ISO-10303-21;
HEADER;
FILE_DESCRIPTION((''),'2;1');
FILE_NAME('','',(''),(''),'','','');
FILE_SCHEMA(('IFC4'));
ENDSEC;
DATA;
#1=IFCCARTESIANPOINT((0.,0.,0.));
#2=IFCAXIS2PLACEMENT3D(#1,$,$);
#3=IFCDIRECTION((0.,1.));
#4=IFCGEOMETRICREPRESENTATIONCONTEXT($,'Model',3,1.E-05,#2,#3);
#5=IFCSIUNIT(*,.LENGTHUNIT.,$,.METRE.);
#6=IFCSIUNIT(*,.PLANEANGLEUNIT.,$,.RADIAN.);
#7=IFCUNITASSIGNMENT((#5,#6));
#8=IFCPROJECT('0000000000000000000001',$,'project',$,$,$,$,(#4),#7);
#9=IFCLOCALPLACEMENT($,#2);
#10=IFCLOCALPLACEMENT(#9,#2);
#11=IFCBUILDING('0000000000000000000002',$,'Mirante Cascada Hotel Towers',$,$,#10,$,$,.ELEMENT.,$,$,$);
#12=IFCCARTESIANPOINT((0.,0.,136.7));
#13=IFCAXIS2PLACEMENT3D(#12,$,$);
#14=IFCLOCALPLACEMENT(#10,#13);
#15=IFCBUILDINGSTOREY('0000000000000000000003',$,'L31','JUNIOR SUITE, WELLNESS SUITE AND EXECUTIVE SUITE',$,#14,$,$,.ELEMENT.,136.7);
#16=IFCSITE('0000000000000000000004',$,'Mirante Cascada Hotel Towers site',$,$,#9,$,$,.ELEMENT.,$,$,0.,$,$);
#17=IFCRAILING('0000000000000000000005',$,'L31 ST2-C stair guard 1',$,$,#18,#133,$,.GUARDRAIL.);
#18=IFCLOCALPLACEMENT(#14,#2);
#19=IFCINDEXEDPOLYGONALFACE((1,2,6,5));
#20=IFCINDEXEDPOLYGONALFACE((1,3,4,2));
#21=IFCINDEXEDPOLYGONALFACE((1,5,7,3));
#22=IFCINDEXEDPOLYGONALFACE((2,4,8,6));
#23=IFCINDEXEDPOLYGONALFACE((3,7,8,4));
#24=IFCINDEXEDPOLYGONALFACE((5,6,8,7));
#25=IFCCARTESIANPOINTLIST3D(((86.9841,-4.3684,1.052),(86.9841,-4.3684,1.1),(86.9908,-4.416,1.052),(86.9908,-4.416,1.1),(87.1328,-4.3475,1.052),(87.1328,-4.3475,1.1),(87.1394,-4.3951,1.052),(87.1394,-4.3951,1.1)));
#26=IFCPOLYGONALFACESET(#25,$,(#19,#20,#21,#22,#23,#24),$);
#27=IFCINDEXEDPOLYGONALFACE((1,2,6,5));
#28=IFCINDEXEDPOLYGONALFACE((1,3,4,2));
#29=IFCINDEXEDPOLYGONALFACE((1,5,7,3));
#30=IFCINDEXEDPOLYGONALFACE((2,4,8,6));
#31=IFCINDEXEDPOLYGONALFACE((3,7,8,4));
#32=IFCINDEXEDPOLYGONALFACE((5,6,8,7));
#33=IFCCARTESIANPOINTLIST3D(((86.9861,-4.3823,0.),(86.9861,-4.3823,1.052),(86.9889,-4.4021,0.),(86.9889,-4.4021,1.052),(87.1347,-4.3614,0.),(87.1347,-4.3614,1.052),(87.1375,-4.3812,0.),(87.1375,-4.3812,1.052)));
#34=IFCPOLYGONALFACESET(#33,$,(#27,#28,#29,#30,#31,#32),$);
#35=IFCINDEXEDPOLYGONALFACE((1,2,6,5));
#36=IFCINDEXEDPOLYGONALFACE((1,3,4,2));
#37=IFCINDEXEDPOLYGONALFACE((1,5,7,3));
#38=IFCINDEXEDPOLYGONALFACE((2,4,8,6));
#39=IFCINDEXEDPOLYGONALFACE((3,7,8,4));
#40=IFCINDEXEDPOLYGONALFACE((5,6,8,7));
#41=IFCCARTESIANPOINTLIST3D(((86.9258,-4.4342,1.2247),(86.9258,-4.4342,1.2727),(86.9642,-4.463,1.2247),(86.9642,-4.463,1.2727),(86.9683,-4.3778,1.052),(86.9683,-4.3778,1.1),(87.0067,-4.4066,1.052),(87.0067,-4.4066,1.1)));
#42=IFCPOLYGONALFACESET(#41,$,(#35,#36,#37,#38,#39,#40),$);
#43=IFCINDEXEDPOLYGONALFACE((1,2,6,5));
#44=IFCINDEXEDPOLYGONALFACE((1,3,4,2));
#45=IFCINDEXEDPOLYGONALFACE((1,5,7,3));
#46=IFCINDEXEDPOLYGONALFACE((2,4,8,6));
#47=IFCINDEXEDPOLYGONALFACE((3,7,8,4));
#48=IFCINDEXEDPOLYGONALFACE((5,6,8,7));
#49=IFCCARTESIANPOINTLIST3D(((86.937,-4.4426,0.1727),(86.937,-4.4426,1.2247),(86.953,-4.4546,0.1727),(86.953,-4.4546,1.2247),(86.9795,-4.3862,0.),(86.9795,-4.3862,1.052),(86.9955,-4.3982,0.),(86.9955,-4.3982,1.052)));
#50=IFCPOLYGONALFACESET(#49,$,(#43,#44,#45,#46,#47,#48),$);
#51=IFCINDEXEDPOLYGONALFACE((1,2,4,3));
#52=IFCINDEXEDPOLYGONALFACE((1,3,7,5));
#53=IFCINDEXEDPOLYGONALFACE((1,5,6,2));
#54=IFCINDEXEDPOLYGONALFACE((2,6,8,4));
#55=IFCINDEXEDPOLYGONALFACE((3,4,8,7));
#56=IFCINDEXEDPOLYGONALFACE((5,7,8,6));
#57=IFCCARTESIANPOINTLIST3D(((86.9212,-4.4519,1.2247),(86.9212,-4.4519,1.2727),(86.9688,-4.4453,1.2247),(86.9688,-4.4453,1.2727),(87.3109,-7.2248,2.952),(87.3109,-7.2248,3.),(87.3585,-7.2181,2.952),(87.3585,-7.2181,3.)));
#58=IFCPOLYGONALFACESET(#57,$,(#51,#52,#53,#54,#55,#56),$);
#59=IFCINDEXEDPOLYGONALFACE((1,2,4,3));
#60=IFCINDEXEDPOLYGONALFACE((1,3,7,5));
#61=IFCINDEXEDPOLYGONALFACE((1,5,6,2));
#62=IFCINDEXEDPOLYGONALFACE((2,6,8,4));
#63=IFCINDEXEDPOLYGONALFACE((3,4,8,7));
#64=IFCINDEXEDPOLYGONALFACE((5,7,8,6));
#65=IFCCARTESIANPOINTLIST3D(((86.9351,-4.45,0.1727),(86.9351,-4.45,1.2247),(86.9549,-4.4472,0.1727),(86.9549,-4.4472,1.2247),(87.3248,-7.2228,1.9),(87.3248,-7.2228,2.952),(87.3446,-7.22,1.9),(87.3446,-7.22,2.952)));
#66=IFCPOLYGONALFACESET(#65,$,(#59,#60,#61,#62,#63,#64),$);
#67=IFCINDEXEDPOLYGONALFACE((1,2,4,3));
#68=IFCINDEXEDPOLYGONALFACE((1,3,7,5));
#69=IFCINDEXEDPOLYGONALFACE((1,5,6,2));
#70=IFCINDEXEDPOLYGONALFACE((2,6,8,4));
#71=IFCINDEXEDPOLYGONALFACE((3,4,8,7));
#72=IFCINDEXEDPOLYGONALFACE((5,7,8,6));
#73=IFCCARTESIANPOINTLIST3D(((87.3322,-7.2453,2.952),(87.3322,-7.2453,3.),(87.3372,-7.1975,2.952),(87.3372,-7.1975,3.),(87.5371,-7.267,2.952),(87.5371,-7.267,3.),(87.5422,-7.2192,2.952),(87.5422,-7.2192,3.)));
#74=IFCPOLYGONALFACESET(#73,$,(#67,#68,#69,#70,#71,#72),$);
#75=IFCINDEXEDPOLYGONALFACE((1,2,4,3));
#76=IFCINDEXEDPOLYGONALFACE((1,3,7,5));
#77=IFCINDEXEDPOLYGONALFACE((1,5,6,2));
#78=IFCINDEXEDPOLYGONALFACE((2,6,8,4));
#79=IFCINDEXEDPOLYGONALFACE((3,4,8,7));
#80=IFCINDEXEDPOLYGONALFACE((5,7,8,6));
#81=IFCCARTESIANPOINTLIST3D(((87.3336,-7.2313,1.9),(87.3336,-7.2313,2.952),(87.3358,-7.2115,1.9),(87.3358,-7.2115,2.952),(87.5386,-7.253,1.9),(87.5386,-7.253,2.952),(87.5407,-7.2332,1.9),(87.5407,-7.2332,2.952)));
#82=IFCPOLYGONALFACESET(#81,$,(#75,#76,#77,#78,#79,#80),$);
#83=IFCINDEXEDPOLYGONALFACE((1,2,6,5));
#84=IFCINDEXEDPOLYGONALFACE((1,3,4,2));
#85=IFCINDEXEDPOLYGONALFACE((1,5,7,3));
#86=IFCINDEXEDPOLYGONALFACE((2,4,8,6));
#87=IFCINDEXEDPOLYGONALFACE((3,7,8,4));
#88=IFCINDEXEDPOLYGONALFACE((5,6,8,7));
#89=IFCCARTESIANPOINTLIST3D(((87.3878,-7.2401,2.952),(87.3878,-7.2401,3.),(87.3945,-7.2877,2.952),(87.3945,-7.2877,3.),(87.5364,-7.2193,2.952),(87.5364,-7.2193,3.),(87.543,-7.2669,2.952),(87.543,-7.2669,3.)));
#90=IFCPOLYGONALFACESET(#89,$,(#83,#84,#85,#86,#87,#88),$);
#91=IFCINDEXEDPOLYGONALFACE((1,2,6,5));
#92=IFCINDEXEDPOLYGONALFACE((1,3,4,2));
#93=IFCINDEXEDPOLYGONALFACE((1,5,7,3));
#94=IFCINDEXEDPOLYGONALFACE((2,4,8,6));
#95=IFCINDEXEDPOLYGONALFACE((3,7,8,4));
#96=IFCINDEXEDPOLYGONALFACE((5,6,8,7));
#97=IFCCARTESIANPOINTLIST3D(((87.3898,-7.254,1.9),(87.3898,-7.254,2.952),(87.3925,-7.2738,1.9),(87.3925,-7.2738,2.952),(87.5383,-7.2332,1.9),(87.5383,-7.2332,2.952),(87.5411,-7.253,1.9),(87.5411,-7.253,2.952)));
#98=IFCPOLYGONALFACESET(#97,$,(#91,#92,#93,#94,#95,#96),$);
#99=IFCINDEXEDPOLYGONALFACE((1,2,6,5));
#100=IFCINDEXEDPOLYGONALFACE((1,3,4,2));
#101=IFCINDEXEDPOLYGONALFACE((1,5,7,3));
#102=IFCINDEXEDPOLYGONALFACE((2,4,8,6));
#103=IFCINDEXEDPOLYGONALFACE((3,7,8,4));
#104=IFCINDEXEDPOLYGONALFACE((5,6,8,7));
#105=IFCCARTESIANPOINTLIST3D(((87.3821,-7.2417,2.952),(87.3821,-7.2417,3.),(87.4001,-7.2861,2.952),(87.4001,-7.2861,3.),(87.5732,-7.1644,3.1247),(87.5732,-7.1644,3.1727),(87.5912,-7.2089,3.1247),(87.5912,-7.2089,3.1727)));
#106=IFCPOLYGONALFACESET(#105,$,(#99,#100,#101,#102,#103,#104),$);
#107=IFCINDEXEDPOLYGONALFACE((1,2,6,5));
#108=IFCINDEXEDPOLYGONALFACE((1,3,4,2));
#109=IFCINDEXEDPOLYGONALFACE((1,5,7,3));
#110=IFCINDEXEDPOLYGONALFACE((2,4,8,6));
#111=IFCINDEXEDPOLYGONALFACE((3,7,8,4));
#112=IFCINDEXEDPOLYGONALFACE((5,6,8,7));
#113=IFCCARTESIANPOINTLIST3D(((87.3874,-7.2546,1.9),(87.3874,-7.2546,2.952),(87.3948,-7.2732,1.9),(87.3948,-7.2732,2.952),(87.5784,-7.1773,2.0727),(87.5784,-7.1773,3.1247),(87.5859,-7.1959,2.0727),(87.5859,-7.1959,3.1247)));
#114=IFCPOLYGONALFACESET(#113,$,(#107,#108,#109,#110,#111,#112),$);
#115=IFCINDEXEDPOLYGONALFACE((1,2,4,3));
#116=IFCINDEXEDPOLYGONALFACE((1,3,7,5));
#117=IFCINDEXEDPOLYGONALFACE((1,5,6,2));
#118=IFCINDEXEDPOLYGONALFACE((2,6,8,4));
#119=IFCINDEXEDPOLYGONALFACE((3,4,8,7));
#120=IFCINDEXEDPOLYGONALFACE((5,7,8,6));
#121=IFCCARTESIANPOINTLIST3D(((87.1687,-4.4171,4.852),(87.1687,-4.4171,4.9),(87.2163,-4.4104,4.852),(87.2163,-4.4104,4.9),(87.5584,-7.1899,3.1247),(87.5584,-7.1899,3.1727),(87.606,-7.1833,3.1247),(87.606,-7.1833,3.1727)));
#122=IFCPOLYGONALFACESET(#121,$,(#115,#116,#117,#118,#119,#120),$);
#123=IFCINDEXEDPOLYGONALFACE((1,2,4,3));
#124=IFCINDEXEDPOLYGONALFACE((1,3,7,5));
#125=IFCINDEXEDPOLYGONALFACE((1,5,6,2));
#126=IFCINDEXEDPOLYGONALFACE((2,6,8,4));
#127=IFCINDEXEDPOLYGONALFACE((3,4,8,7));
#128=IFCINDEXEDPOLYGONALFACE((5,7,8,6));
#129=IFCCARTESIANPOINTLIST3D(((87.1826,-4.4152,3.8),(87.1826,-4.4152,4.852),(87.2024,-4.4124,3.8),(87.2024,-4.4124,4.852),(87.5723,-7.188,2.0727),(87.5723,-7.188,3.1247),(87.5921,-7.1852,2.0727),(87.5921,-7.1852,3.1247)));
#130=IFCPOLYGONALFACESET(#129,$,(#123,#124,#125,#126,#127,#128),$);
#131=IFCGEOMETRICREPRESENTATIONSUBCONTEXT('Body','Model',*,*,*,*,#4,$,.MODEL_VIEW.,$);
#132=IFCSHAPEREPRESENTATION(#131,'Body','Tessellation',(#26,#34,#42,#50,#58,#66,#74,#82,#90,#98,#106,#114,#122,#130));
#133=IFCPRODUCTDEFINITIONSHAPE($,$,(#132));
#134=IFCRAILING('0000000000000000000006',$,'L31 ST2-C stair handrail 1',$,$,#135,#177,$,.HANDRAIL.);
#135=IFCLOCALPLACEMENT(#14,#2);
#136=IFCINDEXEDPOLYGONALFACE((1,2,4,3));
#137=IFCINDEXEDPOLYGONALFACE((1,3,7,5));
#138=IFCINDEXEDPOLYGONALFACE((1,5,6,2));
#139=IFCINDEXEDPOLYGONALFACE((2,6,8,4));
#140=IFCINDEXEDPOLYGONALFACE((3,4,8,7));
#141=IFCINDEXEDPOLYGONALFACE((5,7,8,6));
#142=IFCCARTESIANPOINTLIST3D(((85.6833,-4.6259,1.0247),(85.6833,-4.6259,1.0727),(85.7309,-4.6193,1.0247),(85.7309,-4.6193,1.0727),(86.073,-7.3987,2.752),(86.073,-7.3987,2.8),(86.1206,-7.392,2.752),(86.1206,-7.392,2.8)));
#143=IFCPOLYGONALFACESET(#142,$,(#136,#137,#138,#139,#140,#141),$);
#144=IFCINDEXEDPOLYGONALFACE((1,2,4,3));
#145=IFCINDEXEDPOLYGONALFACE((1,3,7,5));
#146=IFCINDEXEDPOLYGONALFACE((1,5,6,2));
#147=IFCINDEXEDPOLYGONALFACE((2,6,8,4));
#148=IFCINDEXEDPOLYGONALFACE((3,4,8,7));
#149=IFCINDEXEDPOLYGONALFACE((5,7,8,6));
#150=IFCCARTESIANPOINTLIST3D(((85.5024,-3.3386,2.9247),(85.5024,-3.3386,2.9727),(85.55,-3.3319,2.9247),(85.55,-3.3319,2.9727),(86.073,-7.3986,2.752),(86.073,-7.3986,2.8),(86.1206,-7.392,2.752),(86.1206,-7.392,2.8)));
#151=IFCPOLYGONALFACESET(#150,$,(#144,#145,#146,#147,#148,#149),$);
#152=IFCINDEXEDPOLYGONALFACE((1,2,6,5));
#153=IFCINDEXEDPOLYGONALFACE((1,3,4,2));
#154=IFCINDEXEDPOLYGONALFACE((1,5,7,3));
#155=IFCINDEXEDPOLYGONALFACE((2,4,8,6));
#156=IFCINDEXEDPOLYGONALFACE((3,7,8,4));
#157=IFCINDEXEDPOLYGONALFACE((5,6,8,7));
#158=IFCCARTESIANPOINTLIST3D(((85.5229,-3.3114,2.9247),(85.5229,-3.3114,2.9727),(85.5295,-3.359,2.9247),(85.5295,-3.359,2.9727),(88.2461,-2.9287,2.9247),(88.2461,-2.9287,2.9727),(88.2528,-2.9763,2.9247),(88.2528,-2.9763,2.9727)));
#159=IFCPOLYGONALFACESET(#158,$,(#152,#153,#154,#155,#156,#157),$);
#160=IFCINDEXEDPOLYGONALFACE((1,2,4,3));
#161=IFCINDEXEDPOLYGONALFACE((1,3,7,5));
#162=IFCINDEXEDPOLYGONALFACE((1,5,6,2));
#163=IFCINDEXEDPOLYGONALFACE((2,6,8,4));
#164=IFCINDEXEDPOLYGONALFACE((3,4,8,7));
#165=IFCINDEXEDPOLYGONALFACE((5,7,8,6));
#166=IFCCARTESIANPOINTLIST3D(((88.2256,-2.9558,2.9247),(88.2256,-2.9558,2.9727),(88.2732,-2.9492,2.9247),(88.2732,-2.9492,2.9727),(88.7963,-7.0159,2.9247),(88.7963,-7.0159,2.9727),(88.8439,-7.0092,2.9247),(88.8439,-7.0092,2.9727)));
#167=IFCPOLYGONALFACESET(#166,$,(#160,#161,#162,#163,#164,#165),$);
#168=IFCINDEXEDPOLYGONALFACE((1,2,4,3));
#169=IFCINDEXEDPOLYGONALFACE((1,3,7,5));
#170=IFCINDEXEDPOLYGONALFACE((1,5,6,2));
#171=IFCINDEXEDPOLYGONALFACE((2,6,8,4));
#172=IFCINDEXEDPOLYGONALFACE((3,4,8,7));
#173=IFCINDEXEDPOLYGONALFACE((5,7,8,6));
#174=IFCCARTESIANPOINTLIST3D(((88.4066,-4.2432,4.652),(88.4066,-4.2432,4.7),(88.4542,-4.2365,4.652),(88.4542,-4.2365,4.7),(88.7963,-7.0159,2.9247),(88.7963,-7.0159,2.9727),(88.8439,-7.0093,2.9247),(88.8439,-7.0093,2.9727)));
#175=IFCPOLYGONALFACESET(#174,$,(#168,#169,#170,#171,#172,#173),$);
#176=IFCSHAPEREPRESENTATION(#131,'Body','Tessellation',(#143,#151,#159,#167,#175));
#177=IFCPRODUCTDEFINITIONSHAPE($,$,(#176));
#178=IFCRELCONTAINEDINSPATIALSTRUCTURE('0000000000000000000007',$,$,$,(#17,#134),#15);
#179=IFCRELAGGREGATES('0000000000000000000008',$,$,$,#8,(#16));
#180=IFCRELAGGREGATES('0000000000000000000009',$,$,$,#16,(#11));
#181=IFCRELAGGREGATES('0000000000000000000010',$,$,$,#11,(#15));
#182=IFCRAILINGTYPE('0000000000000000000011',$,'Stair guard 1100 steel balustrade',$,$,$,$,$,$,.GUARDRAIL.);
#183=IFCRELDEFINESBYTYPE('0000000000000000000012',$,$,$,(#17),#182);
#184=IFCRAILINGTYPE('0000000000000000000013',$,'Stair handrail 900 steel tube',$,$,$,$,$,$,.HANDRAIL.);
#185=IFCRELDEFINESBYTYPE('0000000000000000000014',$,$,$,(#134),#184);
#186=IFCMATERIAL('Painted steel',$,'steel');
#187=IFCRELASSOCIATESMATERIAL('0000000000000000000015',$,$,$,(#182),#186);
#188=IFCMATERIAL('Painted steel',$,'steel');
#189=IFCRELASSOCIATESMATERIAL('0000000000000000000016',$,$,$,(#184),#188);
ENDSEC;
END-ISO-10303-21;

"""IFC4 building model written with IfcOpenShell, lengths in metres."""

from ifc_helpers import new_model, si_unit, direction, frame, origin, origin_2d, place, context, subcontext, project, spatial, rectangle, extrude, material, type_object, element, save


model = new_model("IFC4")

# Units and contexts
model_context = context("Model", 3, precision=1e-05, world=origin(), true_north=direction((0.0, 1.0)))
body_context = subcontext(model_context, "Body", "Model", "MODEL_VIEW")
ifc_project = project(units=[si_unit("LENGTHUNIT", "METRE"), si_unit("PLANEANGLEUNIT", "RADIAN")], contexts=[model_context])

# Site, building, storey
site_placement = place(None, origin())
site = spatial("IfcSite", under=ifc_project, at=site_placement, Name="Mirante Cascada Hotel Towers site", CompositionType="ELEMENT", RefElevation=0.0)
building_placement = place(site_placement, origin())
building = spatial("IfcBuilding", under=site, at=building_placement, Name="Mirante Cascada Hotel Towers", CompositionType="ELEMENT")
storey_placement = place(building_placement, frame((0.0, 0.0, 136.7)))
storey = spatial("IfcBuildingStorey", under=building, at=storey_placement, Name="L31", Description="JUNIOR SUITE, WELLNESS SUITE AND EXECUTIVE SUITE", CompositionType="ELEMENT", Elevation=136.7)

# Railings
ifc_material_1 = material(Name="Painted steel", Category="steel")
railing_type_1 = type_object("IfcRailingType", Name="Stair guard 1100 steel balustrade", PredefinedType="GUARDRAIL", material=ifc_material_1)
railing_1_placement = place(storey_placement, frame((87.1361, -4.3713, 0.0)))
element("IfcRailing", 1, at=railing_1_placement, inside=storey, type_object=railing_type_1, Name="L31 ST2-C stair guard 1", PredefinedType="GUARDRAIL", context=body_context, shape_type="SweptSolid", body=[
    extrude(rectangle(XDim=0.048, YDim=0.048, at=origin_2d()), frame((0.0, 0.0, 1.076), z_axis=(-0.990254, -0.139275, 0.0), x_axis=(0.139275, -0.990254, 0.0)), (0.0, 0.0, 1.0), 0.1501),
    extrude(rectangle(XDim=0.02, YDim=1.052, at=origin_2d()), frame((0.0, 0.0, 0.526), z_axis=(-0.990254, -0.139275, 0.0), x_axis=(0.139275, -0.990254, 0.0)), (0.0, 0.0, 1.0), 0.1501),
    extrude(rectangle(XDim=0.048, YDim=0.048, at=origin_2d()), frame((-0.1486, -0.0209, 1.076), z_axis=(-0.601811, -0.798639, 0.0), x_axis=(0.798639, -0.601811, 0.0)), (0.0, 0.925603, 0.378496), 0.1866),
    extrude(rectangle(XDim=0.02, YDim=1.052, at=origin_2d()), frame((-0.1486, -0.0209, 0.526), z_axis=(-0.601811, -0.798639, 0.0), x_axis=(0.798639, -0.601811, 0.0)), (0.0, 0.925603, 0.378496), 0.1866),
    extrude(rectangle(XDim=0.048, YDim=0.048, at=origin_2d()), frame((-0.1911, -0.0773, 1.2487), z_axis=(0.139176, -0.990268, 0.0), x_axis=(0.990268, 0.139176, 0.0)), (0.0, 0.525021, 0.851089), 3.29),
    extrude(rectangle(XDim=0.02, YDim=1.052, at=origin_2d()), frame((-0.1911, -0.0773, 0.6987), z_axis=(0.139176, -0.990268, 0.0), x_axis=(0.990268, 0.139176, 0.0)), (0.0, 0.525021, 0.851089), 3.29),
    extrude(rectangle(XDim=0.048, YDim=0.048, at=origin_2d()), frame((0.1986, -2.8501, 2.976), z_axis=(0.994444, -0.105266, 0.0), x_axis=(0.105266, 0.994444, 0.0)), (0.0, 0.0, 1.0), 0.2061),
    extrude(rectangle(XDim=0.02, YDim=1.052, at=origin_2d()), frame((0.1986, -2.8501, 2.426), z_axis=(0.994444, -0.105266, 0.0), x_axis=(0.105266, 0.994444, 0.0)), (0.0, 0.0, 1.0), 0.2061),
    extrude(rectangle(XDim=0.048, YDim=0.048, at=origin_2d()), frame((0.4036, -2.8718, 2.976), z_axis=(-0.990345, -0.138622, 0.0), x_axis=(0.138622, -0.990345, 0.0)), (0.0, 0.0, 1.0), 0.15),
    extrude(rectangle(XDim=0.02, YDim=1.052, at=origin_2d()), frame((0.4036, -2.8718, 2.426), z_axis=(-0.990345, -0.138622, 0.0), x_axis=(0.138622, -0.990345, 0.0)), (0.0, 0.0, 1.0), 0.15),
    extrude(rectangle(XDim=0.048, YDim=0.048, at=origin_2d()), frame((0.255, -2.8926, 2.976), z_axis=(0.927031, 0.374984, 0.0), x_axis=(-0.374984, 0.927031, 0.0)), (0.0, 0.64219, 0.766545), 0.2689),
    extrude(rectangle(XDim=0.02, YDim=1.052, at=origin_2d()), frame((0.255, -2.8926, 2.426), z_axis=(0.927031, 0.374984, 0.0), x_axis=(-0.374984, 0.927031, 0.0)), (0.0, 0.64219, 0.766545), 0.2689),
    extrude(rectangle(XDim=0.048, YDim=0.048, at=origin_2d()), frame((0.4461, -2.8153, 3.1487), z_axis=(-0.139176, 0.990268, 0.0), x_axis=(-0.990268, -0.139176, 0.0)), (0.0, 0.525021, 0.851089), 3.29),
    extrude(rectangle(XDim=0.02, YDim=1.052, at=origin_2d()), frame((0.4461, -2.8153, 2.5987), z_axis=(-0.139176, 0.990268, 0.0), x_axis=(-0.990268, -0.139176, 0.0)), (0.0, 0.525021, 0.851089), 3.29),
])
ifc_material_2 = material(Name="Painted steel", Category="steel")
railing_type_2 = type_object("IfcRailingType", Name="Stair handrail 900 steel tube", PredefinedType="HANDRAIL", material=ifc_material_2)
railing_2_placement = place(storey_placement, frame((85.7071, -4.6226, 0.1727)))
element("IfcRailing", 2, at=railing_2_placement, inside=storey, type_object=railing_type_2, Name="L31 ST2-C stair handrail 1", PredefinedType="HANDRAIL", context=body_context, shape_type="SweptSolid", body=[
    extrude(rectangle(XDim=0.048, YDim=0.048, at=origin_2d()), frame((0.0, 0.0, 0.876), z_axis=(0.139181, -0.990267, 0.0), x_axis=(0.990267, 0.139181, 0.0)), (0.0, 0.525035, 0.851081), 3.2899),
    extrude(rectangle(XDim=0.048, YDim=0.048, at=origin_2d()), frame((0.3897, -2.7727, 2.6033), z_axis=(-0.139171, 0.990268, 0.0), x_axis=(-0.990268, -0.139171, 0.0)), (0.0, 0.042085, 0.999114), 4.1036),
    extrude(rectangle(XDim=0.048, YDim=0.048, at=origin_2d()), frame((-0.1809, 1.2874, 2.776), z_axis=(0.990269, 0.139166, 0.0), x_axis=(-0.139166, 0.990269, 0.0)), (0.0, 0.0, 1.0), 2.75),
    extrude(rectangle(XDim=0.048, YDim=0.048, at=origin_2d()), frame((2.5423, 1.6701, 2.776), z_axis=(0.139195, -0.990265, 0.0), x_axis=(0.990265, 0.139195, 0.0)), (0.0, 0.0, 1.0), 4.1),
    extrude(rectangle(XDim=0.048, YDim=0.048, at=origin_2d()), frame((3.113, -2.39, 2.776), z_axis=(-0.139181, 0.990267, 0.0), x_axis=(-0.990267, -0.139181, 0.0)), (0.0, 0.525035, 0.851081), 3.2899),
])

save(model, "model.ifc")
